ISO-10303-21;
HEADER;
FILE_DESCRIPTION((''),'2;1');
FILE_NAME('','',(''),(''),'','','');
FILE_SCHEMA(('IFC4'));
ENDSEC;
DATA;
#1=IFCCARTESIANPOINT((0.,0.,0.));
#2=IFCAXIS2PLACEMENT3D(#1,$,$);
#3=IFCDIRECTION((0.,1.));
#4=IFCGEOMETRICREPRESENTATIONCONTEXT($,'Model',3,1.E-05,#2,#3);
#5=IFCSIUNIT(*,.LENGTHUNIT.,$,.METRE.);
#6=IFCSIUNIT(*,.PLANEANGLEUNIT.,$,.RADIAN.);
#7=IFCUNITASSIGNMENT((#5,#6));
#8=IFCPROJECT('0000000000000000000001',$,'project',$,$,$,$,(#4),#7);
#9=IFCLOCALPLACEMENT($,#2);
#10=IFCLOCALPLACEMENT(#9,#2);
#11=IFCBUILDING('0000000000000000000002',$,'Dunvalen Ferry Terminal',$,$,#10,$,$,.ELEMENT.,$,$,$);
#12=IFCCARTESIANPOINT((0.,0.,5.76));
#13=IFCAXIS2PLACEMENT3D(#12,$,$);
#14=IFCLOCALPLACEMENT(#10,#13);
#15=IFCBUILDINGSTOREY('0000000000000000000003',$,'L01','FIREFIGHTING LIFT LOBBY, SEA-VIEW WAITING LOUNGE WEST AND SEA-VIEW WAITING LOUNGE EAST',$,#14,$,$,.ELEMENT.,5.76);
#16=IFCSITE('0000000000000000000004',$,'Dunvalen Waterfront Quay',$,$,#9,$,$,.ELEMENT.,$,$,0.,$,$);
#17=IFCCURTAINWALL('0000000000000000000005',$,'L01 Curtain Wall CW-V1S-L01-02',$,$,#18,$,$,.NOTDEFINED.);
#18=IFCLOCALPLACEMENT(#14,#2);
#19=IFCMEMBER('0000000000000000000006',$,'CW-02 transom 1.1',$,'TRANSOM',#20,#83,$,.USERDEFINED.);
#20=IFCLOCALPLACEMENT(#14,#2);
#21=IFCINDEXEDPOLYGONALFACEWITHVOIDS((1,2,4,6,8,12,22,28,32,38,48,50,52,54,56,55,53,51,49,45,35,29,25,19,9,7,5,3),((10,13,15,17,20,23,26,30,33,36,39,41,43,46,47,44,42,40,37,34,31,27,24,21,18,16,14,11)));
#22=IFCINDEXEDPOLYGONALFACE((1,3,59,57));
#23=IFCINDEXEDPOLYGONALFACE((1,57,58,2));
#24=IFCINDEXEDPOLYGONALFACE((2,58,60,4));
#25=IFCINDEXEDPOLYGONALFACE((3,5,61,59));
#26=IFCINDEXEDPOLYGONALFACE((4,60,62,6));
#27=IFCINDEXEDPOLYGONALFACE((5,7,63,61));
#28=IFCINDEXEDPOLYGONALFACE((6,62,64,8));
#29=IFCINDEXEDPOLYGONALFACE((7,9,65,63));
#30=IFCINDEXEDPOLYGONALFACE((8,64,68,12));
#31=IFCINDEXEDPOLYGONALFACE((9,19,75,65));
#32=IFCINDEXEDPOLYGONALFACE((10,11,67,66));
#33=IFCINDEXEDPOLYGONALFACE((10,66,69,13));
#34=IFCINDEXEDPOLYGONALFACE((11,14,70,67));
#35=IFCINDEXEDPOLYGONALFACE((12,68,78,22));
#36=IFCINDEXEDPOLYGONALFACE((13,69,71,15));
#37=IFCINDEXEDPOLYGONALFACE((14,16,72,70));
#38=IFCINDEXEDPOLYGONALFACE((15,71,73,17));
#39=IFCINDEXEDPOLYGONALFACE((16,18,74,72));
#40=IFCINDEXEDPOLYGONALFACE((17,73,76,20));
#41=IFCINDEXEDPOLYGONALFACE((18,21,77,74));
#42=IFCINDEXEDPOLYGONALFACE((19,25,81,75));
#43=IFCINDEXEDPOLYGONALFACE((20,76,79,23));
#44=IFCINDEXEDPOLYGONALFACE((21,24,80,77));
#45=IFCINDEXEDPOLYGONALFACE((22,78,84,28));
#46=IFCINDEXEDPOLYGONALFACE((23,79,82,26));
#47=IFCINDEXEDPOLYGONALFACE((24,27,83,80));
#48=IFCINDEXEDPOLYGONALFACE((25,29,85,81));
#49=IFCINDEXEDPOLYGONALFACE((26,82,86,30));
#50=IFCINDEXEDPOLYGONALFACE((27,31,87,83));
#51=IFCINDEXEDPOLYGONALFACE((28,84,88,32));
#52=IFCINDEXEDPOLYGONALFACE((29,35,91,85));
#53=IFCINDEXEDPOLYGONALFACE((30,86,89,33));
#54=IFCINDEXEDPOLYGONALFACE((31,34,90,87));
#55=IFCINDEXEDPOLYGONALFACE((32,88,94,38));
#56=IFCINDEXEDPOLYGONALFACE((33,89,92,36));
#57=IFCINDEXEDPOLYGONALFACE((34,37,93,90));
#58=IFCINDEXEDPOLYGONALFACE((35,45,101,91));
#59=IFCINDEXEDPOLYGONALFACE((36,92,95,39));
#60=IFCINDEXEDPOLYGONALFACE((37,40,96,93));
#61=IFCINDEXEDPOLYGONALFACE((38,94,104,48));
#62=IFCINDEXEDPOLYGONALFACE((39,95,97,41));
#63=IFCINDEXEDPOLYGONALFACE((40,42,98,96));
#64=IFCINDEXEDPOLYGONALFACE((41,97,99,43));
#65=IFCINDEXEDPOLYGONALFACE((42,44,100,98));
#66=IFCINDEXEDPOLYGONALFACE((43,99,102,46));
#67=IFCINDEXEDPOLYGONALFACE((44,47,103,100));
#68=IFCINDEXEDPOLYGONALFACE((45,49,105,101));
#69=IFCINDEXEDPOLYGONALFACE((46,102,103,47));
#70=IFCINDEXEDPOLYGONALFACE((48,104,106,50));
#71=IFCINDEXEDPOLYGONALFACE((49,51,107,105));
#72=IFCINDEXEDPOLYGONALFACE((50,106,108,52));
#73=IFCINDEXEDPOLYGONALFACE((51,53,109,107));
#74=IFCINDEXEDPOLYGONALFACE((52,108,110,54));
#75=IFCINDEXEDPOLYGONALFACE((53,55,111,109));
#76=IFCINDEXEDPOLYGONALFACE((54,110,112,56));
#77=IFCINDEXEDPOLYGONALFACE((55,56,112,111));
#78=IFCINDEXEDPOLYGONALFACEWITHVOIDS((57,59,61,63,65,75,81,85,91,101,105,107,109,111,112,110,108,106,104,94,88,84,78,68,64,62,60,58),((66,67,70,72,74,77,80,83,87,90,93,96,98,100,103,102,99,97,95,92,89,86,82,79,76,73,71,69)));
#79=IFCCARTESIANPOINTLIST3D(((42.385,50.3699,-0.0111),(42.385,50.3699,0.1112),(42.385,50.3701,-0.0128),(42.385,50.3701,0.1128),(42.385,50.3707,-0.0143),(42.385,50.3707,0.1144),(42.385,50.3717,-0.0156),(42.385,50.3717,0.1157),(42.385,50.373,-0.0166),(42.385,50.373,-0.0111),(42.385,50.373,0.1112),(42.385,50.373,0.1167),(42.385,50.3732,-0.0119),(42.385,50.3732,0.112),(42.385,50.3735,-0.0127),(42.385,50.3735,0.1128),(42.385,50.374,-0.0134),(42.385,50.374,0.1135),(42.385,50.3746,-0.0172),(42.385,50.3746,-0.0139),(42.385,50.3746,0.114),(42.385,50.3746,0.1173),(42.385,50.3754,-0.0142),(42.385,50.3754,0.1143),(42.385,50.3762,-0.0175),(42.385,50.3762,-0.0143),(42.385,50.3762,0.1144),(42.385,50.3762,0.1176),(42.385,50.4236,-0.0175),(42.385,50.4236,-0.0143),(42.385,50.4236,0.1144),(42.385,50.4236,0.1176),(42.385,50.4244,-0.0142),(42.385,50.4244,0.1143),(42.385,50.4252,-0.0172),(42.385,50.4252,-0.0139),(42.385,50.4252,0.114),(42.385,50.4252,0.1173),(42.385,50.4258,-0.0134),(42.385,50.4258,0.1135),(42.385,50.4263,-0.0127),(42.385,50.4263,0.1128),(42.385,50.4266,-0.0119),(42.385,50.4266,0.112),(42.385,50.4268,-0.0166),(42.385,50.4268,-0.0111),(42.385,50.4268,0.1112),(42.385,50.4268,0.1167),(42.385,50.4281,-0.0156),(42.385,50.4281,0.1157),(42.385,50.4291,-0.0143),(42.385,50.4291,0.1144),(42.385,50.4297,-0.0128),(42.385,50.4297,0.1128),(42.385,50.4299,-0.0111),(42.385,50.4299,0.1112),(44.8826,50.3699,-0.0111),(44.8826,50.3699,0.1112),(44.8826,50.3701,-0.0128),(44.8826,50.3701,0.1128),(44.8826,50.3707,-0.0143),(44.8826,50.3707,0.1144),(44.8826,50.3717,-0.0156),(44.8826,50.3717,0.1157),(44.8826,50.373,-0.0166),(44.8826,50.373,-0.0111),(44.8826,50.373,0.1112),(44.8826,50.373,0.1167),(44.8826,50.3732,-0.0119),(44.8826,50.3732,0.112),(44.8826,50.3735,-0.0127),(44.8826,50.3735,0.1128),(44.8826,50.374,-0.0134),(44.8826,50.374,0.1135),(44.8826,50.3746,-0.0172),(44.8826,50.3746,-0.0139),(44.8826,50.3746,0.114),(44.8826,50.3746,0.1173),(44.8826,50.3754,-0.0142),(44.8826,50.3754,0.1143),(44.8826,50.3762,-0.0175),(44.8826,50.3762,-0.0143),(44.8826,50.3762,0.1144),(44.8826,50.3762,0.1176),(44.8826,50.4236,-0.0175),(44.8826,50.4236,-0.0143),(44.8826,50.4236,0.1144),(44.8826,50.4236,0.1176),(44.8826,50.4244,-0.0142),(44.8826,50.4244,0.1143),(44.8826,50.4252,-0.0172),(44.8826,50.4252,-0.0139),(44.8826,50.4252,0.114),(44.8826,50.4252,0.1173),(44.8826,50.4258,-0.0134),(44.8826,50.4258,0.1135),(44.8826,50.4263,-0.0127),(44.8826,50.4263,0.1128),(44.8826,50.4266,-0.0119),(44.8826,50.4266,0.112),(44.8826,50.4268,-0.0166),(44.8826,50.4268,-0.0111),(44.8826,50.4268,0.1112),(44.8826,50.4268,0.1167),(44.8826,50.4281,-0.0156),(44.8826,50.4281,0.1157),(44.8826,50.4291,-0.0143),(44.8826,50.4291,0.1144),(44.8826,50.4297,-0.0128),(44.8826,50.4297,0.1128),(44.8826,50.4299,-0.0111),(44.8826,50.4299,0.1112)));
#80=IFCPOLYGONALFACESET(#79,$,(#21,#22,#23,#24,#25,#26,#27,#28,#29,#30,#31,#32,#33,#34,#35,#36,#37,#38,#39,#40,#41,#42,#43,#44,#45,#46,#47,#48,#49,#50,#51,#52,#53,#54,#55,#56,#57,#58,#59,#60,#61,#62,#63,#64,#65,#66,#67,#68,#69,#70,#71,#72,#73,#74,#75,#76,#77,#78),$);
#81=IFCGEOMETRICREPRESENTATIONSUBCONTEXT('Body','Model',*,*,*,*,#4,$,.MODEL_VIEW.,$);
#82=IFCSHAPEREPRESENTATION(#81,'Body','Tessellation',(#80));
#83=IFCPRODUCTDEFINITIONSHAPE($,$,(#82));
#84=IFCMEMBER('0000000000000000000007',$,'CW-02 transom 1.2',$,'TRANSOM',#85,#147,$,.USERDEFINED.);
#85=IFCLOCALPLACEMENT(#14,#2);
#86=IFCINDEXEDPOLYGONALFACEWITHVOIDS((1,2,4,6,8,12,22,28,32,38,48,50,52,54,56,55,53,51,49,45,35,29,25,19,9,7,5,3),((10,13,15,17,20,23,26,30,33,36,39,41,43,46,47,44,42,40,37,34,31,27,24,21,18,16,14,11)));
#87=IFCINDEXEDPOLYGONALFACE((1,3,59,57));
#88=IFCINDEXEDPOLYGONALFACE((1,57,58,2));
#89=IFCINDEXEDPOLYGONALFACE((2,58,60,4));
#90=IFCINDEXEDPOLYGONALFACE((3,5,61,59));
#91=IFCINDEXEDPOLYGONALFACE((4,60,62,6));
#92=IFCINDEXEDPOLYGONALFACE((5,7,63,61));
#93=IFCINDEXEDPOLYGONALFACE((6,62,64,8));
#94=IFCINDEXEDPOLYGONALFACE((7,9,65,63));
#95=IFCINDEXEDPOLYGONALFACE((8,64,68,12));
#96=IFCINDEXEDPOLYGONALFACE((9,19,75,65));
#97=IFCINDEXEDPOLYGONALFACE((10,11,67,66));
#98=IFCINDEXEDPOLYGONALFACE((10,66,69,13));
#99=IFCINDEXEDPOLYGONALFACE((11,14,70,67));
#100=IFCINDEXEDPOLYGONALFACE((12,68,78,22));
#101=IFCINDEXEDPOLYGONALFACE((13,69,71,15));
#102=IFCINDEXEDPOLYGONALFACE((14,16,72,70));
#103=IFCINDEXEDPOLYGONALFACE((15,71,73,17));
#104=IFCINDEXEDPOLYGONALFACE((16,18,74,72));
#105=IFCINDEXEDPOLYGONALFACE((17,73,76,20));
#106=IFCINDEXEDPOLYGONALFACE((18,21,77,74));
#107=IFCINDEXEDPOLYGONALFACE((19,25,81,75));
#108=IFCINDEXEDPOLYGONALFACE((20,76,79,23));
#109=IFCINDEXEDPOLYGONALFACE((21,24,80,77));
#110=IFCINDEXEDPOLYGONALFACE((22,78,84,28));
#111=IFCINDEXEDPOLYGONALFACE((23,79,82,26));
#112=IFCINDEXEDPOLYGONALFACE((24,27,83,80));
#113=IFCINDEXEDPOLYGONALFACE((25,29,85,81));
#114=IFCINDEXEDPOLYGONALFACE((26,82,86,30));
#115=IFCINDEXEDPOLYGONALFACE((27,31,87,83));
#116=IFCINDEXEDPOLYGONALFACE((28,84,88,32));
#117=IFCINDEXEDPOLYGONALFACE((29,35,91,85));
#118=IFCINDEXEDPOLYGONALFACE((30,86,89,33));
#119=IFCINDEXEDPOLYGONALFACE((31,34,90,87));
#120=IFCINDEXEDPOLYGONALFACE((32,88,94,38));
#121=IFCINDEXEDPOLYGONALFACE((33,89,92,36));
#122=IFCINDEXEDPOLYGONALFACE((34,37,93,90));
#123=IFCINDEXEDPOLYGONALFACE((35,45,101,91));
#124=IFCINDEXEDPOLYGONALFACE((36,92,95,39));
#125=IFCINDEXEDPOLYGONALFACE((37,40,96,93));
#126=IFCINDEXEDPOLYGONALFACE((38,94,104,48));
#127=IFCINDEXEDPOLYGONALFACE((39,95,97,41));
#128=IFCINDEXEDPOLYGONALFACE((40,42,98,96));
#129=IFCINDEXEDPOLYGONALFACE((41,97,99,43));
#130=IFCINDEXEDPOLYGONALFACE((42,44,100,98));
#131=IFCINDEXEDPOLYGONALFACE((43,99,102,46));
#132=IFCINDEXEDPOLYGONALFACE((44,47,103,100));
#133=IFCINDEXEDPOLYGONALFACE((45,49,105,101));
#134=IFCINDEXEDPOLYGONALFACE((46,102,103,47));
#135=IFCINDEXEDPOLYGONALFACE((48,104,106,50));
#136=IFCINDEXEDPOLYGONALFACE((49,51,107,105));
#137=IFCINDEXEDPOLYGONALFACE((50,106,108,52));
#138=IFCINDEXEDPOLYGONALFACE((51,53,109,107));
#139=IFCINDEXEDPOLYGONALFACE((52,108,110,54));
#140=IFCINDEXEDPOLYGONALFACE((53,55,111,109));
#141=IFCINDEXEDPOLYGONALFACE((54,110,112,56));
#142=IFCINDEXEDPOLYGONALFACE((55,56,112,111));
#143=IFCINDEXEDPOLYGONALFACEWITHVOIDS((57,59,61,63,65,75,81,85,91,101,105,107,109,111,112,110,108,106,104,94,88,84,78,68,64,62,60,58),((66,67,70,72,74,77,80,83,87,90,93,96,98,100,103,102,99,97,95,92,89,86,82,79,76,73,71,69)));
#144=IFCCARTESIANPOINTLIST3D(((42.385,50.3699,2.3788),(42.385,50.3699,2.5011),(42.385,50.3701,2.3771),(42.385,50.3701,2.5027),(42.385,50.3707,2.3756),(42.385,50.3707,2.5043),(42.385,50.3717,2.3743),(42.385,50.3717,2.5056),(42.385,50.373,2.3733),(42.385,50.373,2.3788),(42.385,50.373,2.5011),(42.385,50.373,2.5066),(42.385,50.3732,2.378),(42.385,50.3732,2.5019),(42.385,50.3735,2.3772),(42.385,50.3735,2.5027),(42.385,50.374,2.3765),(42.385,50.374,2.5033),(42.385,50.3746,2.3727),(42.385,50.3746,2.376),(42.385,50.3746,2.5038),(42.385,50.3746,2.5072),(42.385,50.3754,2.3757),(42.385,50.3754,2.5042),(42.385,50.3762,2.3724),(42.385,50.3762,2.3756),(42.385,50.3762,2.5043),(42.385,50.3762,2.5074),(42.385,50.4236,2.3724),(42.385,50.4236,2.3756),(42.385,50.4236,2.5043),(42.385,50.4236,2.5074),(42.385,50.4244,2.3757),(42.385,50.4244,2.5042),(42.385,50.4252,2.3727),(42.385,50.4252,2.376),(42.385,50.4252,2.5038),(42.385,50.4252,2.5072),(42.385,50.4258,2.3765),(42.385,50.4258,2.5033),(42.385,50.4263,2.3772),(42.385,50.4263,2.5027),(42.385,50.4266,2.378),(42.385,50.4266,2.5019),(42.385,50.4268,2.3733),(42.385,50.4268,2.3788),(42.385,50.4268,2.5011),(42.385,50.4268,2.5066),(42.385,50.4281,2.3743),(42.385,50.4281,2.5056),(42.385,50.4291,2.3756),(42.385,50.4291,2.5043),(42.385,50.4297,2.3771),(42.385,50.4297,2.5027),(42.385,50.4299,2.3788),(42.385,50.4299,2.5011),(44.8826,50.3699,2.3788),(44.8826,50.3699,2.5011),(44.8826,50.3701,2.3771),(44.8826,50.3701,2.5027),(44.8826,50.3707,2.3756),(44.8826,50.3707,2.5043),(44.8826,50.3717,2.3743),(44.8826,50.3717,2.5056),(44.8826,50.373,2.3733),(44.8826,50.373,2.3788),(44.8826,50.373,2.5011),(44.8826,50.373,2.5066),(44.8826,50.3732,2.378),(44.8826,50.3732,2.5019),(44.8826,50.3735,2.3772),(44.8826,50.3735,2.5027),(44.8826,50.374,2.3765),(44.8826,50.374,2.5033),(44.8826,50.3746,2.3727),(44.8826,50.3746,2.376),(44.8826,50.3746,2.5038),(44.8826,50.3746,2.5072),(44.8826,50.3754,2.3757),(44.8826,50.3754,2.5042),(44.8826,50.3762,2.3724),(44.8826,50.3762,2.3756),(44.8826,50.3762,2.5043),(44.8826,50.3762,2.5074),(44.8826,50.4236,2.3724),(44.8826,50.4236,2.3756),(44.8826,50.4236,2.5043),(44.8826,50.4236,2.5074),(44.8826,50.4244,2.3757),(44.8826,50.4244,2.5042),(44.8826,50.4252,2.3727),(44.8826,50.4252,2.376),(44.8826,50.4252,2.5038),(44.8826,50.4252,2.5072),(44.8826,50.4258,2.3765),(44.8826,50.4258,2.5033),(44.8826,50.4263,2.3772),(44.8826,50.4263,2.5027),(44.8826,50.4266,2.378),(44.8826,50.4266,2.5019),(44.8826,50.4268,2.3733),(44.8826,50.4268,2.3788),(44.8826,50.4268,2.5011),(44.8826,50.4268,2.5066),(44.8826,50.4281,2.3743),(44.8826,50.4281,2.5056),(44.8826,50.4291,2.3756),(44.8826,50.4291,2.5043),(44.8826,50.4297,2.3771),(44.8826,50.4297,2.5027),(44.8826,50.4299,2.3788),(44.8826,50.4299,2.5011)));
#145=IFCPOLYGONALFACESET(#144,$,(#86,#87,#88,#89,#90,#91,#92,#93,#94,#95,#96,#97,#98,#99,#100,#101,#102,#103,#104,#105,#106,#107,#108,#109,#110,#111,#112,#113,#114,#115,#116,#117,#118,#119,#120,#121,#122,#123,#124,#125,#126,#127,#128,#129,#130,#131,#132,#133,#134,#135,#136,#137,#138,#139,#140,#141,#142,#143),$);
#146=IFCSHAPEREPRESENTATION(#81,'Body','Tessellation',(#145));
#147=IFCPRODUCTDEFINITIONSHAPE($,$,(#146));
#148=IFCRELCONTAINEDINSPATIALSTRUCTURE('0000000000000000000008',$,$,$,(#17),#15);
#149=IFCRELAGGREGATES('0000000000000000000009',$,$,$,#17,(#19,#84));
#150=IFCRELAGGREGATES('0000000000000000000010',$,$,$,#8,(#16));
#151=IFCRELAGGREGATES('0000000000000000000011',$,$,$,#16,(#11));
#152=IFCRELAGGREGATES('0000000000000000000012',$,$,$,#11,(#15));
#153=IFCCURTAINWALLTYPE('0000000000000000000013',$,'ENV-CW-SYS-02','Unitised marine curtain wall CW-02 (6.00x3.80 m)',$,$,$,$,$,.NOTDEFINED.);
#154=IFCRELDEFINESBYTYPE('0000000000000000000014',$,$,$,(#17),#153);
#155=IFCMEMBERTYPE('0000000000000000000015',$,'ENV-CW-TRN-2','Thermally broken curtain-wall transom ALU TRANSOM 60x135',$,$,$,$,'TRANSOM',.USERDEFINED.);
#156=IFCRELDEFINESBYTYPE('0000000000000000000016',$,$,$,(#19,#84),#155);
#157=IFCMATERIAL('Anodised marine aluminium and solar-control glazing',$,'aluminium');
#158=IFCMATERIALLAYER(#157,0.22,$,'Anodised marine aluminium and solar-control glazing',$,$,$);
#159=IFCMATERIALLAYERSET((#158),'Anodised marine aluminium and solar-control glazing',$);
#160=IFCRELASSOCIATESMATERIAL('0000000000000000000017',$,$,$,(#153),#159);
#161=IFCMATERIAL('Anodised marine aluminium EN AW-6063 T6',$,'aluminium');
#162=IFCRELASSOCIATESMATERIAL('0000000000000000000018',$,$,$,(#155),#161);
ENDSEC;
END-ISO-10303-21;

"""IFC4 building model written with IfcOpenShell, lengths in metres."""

from ifc_helpers import new_model, si_unit, direction, frame, origin, origin_2d, place, context, subcontext, project, spatial, hollow_rectangle, extrude, material, layer, layer_set, material_profile, profile_set, type_object, element, aggregate, save


model = new_model("IFC4")

# Units and contexts
model_context = context("Model", 3, precision=1e-05, world=origin(), true_north=direction((0.0, 1.0)))
body_context = subcontext(model_context, "Body", "Model", "MODEL_VIEW")
ifc_project = project(units=[si_unit("LENGTHUNIT", "METRE"), si_unit("PLANEANGLEUNIT", "RADIAN")], contexts=[model_context])

# Site, building, storey
site_placement = place(None, origin())
site = spatial("IfcSite", under=ifc_project, at=site_placement, Name="Dunvalen Waterfront Quay", CompositionType="ELEMENT", RefElevation=0.0)
building_placement = place(site_placement, origin())
building = spatial("IfcBuilding", under=site, at=building_placement, Name="Dunvalen Ferry Terminal", CompositionType="ELEMENT")
storey_placement = place(building_placement, frame((0.0, 0.0, 5.76)))
storey = spatial("IfcBuildingStorey", under=building, at=storey_placement, Name="L01", Description="FIREFIGHTING LIFT LOBBY, SEA-VIEW WAITING LOUNGE WEST AND SEA-VIEW WAITING LOUNGE EAST", CompositionType="ELEMENT", Elevation=5.76)

# Shared definitions
ifc_material_1 = material(Name="Anodised marine aluminium and solar-control glazing", Category="aluminium")
ifc_layer_1 = layer(ifc_material_1, 0.22, Name="Anodised marine aluminium and solar-control glazing")
ifc_layer_set_1 = layer_set([ifc_layer_1], Name="Anodised marine aluminium and solar-control glazing")
curtain_wall_type = type_object("IfcCurtainWallType", Name="ENV-CW-SYS-02", Description="Unitised marine curtain wall CW-02 (6.00x3.80 m)", PredefinedType="NOTDEFINED", material=ifc_layer_set_1)
ifc_material_2 = material(Name="Anodised marine aluminium EN AW-6063 T6", Category="aluminium")

# Curtain wall
curtain_wall_1_placement = place(storey_placement, origin())
curtain_wall_1 = element("IfcCurtainWall", 1, at=curtain_wall_1_placement, inside=storey, type_object=curtain_wall_type, Name="L01 Curtain Wall CW-V1S-L01-02", PredefinedType="NOTDEFINED")

# Members
ifc_material_profile_1 = material_profile(ifc_material_2, hollow_rectangle(XDim=0.0601, YDim=0.135, WallThickness=0.0032, InnerFilletRadius=0.0032, OuterFilletRadius=0.0063, at=origin_2d()), Name="Anodised marine aluminium EN AW-6063 T6")
ifc_profile_set_1 = profile_set([ifc_material_profile_1], Name="Anodised marine aluminium EN AW-6063 T6")
member_type_1 = type_object("IfcMemberType", Name="ENV-CW-TRN-2", Description="Thermally broken curtain-wall transom ALU TRANSOM 60x135", ElementType="TRANSOM", PredefinedType="USERDEFINED", material=ifc_profile_set_1)
member_1_placement = place(storey_placement, frame((42.385, 50.3999, 0.05), z_axis=(1.0, 0.0, 0.0), x_axis=(0.0, 1.0, 0.0)))
member_1 = element("IfcMember", 2, at=member_1_placement, type_object=member_type_1, Name="CW-02 transom 1.1", ObjectType="TRANSOM", PredefinedType="USERDEFINED", context=body_context, shape_type="SweptSolid", body=[
    extrude(hollow_rectangle(XDim=0.0601, YDim=0.135, WallThickness=0.0032, InnerFilletRadius=0.0032, OuterFilletRadius=0.0063, at=origin_2d()), origin(), (0.0, 0.0, 1.0), 2.4976),
])
member_2_placement = place(storey_placement, frame((42.385, 50.3999, 2.4399), z_axis=(1.0, 0.0, 0.0), x_axis=(0.0, 1.0, 0.0)))
member_2 = element("IfcMember", 3, at=member_2_placement, type_object=member_type_1, Name="CW-02 transom 1.2", ObjectType="TRANSOM", PredefinedType="USERDEFINED", context=body_context, shape_type="SweptSolid", body=[
    extrude(hollow_rectangle(XDim=0.0601, YDim=0.135, WallThickness=0.0032, InnerFilletRadius=0.0032, OuterFilletRadius=0.0063, at=origin_2d()), origin(), (0.0, 0.0, 1.0), 2.4976),
])
aggregate(curtain_wall_1, [member_1, member_2])

save(model, "model.ifc")
